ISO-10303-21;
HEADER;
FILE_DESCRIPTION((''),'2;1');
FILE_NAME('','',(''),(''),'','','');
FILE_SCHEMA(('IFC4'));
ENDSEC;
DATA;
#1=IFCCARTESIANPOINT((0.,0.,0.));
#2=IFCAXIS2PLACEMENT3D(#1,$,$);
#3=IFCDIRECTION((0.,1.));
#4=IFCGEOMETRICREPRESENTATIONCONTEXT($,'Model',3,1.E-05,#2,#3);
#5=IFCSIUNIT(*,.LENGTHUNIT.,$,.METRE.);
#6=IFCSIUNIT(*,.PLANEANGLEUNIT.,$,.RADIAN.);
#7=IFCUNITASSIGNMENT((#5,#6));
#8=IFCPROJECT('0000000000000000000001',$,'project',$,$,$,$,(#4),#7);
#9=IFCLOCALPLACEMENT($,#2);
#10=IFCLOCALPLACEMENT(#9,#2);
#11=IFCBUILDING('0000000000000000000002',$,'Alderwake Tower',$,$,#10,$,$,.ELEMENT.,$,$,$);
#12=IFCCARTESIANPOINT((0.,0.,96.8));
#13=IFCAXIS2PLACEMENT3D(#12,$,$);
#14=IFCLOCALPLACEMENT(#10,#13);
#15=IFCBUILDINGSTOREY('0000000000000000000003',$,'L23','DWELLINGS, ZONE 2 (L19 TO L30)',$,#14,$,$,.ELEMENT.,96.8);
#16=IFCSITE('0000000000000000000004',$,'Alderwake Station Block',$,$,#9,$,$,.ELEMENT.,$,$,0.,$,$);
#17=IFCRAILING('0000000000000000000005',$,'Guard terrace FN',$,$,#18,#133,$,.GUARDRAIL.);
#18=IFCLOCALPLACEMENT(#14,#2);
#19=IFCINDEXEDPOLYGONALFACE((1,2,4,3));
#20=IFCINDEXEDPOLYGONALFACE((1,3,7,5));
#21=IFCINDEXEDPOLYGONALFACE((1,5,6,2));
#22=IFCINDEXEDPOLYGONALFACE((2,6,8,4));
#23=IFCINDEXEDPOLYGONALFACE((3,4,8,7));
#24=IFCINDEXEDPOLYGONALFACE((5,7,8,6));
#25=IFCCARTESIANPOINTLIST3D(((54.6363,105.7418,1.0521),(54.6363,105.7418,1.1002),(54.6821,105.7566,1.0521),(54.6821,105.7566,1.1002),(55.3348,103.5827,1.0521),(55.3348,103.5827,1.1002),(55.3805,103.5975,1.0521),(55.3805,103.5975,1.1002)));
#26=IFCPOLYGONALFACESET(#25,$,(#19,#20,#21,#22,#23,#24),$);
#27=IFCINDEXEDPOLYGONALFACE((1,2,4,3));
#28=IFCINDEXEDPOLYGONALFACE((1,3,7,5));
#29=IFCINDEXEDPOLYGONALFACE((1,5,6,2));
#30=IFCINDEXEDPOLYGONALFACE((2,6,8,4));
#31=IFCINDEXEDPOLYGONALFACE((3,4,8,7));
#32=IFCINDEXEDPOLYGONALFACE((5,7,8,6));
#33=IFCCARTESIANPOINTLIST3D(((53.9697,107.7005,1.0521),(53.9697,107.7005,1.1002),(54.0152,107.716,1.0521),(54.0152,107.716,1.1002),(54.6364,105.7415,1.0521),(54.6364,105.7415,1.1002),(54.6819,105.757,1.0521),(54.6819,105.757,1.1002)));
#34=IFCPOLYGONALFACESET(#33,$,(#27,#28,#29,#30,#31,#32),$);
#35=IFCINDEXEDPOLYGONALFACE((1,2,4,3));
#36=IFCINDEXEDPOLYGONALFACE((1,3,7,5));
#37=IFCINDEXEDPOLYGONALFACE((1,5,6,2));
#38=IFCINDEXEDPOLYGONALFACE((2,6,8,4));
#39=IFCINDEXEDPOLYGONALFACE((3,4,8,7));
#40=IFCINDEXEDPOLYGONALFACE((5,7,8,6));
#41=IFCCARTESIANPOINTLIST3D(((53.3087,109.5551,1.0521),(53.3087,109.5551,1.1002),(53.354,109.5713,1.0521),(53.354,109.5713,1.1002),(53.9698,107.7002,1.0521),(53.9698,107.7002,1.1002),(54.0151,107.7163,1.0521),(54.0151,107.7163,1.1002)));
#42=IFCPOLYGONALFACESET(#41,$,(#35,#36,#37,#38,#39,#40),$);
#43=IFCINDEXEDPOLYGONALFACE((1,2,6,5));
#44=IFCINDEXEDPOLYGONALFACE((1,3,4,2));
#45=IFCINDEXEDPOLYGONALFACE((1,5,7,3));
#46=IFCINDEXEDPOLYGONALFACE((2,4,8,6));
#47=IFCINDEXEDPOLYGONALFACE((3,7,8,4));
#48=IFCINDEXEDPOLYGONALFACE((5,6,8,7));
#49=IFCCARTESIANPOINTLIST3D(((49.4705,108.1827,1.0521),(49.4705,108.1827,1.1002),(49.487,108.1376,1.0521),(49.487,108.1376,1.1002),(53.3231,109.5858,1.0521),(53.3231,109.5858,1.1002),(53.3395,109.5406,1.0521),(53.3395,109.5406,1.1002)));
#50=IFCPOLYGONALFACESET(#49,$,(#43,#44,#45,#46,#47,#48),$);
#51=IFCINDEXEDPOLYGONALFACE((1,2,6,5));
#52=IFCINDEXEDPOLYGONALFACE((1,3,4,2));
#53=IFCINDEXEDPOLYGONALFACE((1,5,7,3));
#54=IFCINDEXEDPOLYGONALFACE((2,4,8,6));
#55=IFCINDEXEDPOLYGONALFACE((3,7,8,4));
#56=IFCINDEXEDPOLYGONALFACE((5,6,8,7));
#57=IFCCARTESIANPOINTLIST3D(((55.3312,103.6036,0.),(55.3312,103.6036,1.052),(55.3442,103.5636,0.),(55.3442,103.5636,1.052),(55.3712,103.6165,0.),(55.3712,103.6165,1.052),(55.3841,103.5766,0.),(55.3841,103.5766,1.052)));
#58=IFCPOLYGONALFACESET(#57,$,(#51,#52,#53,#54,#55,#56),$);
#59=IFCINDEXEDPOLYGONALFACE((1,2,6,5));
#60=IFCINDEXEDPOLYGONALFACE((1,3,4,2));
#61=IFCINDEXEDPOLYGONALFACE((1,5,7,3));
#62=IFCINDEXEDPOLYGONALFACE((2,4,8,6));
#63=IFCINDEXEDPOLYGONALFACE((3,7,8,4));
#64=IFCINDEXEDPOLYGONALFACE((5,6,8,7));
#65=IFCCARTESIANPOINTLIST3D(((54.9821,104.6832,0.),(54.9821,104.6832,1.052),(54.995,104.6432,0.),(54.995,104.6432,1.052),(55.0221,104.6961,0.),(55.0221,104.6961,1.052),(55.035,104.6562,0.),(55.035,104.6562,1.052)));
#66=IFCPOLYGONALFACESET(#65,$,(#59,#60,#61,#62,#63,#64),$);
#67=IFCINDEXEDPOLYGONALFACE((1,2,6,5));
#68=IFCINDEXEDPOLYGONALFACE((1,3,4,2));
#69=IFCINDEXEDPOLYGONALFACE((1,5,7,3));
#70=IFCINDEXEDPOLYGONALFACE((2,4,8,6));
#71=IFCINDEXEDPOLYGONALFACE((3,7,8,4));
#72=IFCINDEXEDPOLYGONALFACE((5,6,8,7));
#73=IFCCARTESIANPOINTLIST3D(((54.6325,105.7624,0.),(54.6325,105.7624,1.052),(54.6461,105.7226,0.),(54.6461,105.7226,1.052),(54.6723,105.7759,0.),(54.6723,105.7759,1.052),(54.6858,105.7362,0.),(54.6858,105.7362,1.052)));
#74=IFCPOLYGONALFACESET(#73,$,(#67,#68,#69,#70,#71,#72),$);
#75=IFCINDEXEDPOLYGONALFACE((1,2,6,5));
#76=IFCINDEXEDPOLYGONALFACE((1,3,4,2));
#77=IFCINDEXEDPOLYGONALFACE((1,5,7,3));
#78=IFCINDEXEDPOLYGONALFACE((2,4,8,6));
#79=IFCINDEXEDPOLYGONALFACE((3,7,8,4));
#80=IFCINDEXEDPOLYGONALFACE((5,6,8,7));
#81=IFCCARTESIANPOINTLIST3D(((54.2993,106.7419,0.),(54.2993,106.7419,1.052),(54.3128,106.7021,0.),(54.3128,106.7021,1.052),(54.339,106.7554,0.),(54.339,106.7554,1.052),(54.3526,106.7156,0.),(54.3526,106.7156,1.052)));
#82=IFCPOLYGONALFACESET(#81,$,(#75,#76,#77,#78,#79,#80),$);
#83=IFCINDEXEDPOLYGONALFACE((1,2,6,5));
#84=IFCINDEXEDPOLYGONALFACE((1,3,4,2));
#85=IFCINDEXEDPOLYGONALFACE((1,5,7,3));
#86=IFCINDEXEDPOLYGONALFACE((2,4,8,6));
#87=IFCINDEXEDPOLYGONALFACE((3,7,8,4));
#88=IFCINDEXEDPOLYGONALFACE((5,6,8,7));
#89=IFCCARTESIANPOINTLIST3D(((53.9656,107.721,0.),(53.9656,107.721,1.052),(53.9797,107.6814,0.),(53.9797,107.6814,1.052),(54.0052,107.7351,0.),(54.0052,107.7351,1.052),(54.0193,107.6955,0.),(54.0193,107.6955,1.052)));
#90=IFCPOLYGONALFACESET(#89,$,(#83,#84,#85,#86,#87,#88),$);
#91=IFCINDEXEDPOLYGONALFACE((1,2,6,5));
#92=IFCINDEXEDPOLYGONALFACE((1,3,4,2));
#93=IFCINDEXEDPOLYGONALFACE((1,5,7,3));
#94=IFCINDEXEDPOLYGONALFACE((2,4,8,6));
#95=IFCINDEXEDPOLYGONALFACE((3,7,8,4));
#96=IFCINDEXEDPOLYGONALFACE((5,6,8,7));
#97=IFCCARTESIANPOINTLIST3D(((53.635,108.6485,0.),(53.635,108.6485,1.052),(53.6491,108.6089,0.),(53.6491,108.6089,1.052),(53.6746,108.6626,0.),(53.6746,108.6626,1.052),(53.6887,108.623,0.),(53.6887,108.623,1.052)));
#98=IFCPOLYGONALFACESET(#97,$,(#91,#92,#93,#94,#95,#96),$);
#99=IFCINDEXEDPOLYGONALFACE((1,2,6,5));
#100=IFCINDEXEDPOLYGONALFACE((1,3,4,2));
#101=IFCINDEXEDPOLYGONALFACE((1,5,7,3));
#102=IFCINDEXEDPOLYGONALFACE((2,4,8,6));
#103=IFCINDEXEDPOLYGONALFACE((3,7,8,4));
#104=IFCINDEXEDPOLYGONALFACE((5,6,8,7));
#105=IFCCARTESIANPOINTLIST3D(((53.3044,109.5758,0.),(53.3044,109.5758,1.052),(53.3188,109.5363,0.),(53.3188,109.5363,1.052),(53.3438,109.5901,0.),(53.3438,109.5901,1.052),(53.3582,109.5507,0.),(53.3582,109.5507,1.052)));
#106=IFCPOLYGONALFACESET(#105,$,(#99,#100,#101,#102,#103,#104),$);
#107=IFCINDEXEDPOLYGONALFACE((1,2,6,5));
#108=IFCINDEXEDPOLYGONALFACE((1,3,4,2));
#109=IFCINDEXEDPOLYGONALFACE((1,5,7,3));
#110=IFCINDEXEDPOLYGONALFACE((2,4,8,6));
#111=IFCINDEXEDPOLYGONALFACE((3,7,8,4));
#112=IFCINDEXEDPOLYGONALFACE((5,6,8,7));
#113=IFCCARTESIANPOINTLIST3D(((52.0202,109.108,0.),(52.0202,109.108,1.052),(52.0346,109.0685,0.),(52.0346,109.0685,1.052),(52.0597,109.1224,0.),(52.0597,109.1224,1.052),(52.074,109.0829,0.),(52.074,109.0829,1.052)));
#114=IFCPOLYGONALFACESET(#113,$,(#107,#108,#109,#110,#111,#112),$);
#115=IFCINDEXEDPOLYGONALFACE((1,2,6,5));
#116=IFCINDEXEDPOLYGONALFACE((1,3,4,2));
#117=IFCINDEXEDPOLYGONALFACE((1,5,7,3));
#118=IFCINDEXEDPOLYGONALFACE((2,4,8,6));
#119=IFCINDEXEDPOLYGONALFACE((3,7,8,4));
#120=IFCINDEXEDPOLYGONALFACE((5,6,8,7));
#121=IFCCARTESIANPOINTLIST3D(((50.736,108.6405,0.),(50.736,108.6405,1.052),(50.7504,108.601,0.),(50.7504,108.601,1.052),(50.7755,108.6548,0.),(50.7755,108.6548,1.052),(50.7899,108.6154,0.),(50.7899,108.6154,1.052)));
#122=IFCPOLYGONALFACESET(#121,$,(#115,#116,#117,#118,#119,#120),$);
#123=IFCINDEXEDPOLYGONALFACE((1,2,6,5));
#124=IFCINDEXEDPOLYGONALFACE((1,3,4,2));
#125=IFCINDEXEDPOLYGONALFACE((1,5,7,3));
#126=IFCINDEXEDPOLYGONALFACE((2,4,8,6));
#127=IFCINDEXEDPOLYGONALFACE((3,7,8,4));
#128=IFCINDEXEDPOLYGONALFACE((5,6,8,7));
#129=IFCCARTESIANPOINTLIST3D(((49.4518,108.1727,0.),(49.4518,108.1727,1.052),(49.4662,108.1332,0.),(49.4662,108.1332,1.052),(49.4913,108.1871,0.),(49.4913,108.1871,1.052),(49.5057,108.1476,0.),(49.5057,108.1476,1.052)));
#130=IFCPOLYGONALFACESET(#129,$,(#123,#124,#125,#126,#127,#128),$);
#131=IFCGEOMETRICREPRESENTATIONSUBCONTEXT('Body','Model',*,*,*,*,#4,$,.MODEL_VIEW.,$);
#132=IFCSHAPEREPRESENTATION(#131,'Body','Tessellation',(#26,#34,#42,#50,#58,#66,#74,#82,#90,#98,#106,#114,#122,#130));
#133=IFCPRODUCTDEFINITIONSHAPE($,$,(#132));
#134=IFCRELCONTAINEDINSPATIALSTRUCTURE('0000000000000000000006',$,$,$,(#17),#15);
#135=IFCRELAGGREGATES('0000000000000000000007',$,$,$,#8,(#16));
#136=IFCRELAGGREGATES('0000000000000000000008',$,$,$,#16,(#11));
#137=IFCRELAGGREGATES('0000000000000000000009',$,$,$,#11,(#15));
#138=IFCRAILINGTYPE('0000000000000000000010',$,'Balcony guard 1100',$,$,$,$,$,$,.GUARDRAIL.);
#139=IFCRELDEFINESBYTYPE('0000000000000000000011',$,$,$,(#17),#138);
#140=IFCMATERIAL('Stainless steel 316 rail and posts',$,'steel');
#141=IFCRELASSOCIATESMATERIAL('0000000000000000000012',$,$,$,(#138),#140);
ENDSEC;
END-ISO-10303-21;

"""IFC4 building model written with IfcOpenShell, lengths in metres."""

from ifc_helpers import new_model, si_unit, direction, frame, origin, origin_2d, place, context, subcontext, project, spatial, rectangle, extrude, material, type_object, element, save


model = new_model("IFC4")

# Units and contexts
model_context = context("Model", 3, precision=1e-05, world=origin(), true_north=direction((0.0, 1.0)))
body_context = subcontext(model_context, "Body", "Model", "MODEL_VIEW")
ifc_project = project(units=[si_unit("LENGTHUNIT", "METRE"), si_unit("PLANEANGLEUNIT", "RADIAN")], contexts=[model_context])

# Site, building, storey
site_placement = place(None, origin())
site = spatial("IfcSite", under=ifc_project, at=site_placement, Name="Alderwake Station Block", CompositionType="ELEMENT", RefElevation=0.0)
building_placement = place(site_placement, origin())
building = spatial("IfcBuilding", under=site, at=building_placement, Name="Alderwake Tower", CompositionType="ELEMENT")
storey_placement = place(building_placement, frame((0.0, 0.0, 96.8)))
storey = spatial("IfcBuildingStorey", under=building, at=storey_placement, Name="L23", Description="DWELLINGS, ZONE 2 (L19 TO L30)", CompositionType="ELEMENT", Elevation=96.8)

# Railing
ifc_material_1 = material(Name="Stainless steel 316 rail and posts", Category="steel")
railing_type = type_object("IfcRailingType", Name="Balcony guard 1100", PredefinedType="GUARDRAIL", material=ifc_material_1)
railing_placement = place(storey_placement, frame((55.3577, 103.5901, 0.0)))
element("IfcRailing", 1, at=railing_placement, inside=storey, type_object=railing_type, Name="Guard terrace FN", PredefinedType="GUARDRAIL", context=body_context, shape_type="SweptSolid", body=[
    extrude(rectangle(XDim=0.0481, YDim=0.0481, at=origin_2d()), frame((0.0, 0.0, 1.0762), z_axis=(-0.307792, 0.951454, 0.0), x_axis=(-0.951454, -0.307792, 0.0)), (0.0, 0.0, 1.0), 2.2693),
    extrude(rectangle(XDim=0.0481, YDim=0.0481, at=origin_2d()), frame((-0.6985, 2.1592, 1.0762), z_axis=(-0.322203, 0.946671, 0.0), x_axis=(-0.946671, -0.322203, 0.0)), (0.0, 0.0, 1.0), 2.0693),
    extrude(rectangle(XDim=0.0481, YDim=0.0481, at=origin_2d()), frame((-1.3652, 4.1182, 1.0762), z_axis=(-0.335724, 0.94196, 0.0), x_axis=(-0.94196, -0.335724, 0.0)), (0.0, 0.0, 1.0), 1.9692),
    extrude(rectangle(XDim=0.0481, YDim=0.0481, at=origin_2d()), frame((-2.0264, 5.9731, 1.0762), z_axis=(-0.939625, -0.342207, 0.0), x_axis=(0.342207, -0.939625, 0.0)), (0.0, 0.0, 1.0), 4.1001),
    extrude(rectangle(XDim=0.042, YDim=0.042, at=origin_2d()), frame((0.0, 0.0, 0.0), z_axis=(0.0, 0.0, 1.0), x_axis=(-0.307792, 0.951454, 0.0)), (0.0, 0.0, 1.0), 1.052),
    extrude(rectangle(XDim=0.042, YDim=0.042, at=origin_2d()), frame((-0.3491, 1.0796, 0.0), z_axis=(0.0, 0.0, 1.0), x_axis=(-0.307792, 0.951454, 0.0)), (0.0, 0.0, 1.0), 1.052),
    extrude(rectangle(XDim=0.042, YDim=0.042, at=origin_2d()), frame((-0.6985, 2.1592, 0.0), z_axis=(0.0, 0.0, 1.0), x_axis=(-0.322203, 0.946671, 0.0)), (0.0, 0.0, 1.0), 1.052),
    extrude(rectangle(XDim=0.042, YDim=0.042, at=origin_2d()), frame((-1.0317, 3.1387, 0.0), z_axis=(0.0, 0.0, 1.0), x_axis=(-0.322203, 0.946671, 0.0)), (0.0, 0.0, 1.0), 1.052),
    extrude(rectangle(XDim=0.042, YDim=0.042, at=origin_2d()), frame((-1.3652, 4.1182, 0.0), z_axis=(0.0, 0.0, 1.0), x_axis=(-0.335724, 0.94196, 0.0)), (0.0, 0.0, 1.0), 1.052),
    extrude(rectangle(XDim=0.042, YDim=0.042, at=origin_2d()), frame((-1.6958, 5.0457, 0.0), z_axis=(0.0, 0.0, 1.0), x_axis=(-0.335724, 0.94196, 0.0)), (0.0, 0.0, 1.0), 1.052),
    extrude(rectangle(XDim=0.042, YDim=0.042, at=origin_2d()), frame((-2.0264, 5.9731, 0.0), z_axis=(0.0, 0.0, 1.0), x_axis=(-0.939625, -0.342207, 0.0)), (0.0, 0.0, 1.0), 1.052),
    extrude(rectangle(XDim=0.042, YDim=0.042, at=origin_2d()), frame((-3.3105, 5.5054, 0.0), z_axis=(0.0, 0.0, 1.0), x_axis=(-0.939625, -0.342207, 0.0)), (0.0, 0.0, 1.0), 1.052),
    extrude(rectangle(XDim=0.042, YDim=0.042, at=origin_2d()), frame((-4.5947, 5.0378, 0.0), z_axis=(0.0, 0.0, 1.0), x_axis=(-0.939625, -0.342207, 0.0)), (0.0, 0.0, 1.0), 1.052),
    extrude(rectangle(XDim=0.042, YDim=0.042, at=origin_2d()), frame((-5.8789, 4.5701, 0.0), z_axis=(0.0, 0.0, 1.0), x_axis=(-0.939625, -0.342207, 0.0)), (0.0, 0.0, 1.0), 1.052),
])

save(model, "model.ifc")
